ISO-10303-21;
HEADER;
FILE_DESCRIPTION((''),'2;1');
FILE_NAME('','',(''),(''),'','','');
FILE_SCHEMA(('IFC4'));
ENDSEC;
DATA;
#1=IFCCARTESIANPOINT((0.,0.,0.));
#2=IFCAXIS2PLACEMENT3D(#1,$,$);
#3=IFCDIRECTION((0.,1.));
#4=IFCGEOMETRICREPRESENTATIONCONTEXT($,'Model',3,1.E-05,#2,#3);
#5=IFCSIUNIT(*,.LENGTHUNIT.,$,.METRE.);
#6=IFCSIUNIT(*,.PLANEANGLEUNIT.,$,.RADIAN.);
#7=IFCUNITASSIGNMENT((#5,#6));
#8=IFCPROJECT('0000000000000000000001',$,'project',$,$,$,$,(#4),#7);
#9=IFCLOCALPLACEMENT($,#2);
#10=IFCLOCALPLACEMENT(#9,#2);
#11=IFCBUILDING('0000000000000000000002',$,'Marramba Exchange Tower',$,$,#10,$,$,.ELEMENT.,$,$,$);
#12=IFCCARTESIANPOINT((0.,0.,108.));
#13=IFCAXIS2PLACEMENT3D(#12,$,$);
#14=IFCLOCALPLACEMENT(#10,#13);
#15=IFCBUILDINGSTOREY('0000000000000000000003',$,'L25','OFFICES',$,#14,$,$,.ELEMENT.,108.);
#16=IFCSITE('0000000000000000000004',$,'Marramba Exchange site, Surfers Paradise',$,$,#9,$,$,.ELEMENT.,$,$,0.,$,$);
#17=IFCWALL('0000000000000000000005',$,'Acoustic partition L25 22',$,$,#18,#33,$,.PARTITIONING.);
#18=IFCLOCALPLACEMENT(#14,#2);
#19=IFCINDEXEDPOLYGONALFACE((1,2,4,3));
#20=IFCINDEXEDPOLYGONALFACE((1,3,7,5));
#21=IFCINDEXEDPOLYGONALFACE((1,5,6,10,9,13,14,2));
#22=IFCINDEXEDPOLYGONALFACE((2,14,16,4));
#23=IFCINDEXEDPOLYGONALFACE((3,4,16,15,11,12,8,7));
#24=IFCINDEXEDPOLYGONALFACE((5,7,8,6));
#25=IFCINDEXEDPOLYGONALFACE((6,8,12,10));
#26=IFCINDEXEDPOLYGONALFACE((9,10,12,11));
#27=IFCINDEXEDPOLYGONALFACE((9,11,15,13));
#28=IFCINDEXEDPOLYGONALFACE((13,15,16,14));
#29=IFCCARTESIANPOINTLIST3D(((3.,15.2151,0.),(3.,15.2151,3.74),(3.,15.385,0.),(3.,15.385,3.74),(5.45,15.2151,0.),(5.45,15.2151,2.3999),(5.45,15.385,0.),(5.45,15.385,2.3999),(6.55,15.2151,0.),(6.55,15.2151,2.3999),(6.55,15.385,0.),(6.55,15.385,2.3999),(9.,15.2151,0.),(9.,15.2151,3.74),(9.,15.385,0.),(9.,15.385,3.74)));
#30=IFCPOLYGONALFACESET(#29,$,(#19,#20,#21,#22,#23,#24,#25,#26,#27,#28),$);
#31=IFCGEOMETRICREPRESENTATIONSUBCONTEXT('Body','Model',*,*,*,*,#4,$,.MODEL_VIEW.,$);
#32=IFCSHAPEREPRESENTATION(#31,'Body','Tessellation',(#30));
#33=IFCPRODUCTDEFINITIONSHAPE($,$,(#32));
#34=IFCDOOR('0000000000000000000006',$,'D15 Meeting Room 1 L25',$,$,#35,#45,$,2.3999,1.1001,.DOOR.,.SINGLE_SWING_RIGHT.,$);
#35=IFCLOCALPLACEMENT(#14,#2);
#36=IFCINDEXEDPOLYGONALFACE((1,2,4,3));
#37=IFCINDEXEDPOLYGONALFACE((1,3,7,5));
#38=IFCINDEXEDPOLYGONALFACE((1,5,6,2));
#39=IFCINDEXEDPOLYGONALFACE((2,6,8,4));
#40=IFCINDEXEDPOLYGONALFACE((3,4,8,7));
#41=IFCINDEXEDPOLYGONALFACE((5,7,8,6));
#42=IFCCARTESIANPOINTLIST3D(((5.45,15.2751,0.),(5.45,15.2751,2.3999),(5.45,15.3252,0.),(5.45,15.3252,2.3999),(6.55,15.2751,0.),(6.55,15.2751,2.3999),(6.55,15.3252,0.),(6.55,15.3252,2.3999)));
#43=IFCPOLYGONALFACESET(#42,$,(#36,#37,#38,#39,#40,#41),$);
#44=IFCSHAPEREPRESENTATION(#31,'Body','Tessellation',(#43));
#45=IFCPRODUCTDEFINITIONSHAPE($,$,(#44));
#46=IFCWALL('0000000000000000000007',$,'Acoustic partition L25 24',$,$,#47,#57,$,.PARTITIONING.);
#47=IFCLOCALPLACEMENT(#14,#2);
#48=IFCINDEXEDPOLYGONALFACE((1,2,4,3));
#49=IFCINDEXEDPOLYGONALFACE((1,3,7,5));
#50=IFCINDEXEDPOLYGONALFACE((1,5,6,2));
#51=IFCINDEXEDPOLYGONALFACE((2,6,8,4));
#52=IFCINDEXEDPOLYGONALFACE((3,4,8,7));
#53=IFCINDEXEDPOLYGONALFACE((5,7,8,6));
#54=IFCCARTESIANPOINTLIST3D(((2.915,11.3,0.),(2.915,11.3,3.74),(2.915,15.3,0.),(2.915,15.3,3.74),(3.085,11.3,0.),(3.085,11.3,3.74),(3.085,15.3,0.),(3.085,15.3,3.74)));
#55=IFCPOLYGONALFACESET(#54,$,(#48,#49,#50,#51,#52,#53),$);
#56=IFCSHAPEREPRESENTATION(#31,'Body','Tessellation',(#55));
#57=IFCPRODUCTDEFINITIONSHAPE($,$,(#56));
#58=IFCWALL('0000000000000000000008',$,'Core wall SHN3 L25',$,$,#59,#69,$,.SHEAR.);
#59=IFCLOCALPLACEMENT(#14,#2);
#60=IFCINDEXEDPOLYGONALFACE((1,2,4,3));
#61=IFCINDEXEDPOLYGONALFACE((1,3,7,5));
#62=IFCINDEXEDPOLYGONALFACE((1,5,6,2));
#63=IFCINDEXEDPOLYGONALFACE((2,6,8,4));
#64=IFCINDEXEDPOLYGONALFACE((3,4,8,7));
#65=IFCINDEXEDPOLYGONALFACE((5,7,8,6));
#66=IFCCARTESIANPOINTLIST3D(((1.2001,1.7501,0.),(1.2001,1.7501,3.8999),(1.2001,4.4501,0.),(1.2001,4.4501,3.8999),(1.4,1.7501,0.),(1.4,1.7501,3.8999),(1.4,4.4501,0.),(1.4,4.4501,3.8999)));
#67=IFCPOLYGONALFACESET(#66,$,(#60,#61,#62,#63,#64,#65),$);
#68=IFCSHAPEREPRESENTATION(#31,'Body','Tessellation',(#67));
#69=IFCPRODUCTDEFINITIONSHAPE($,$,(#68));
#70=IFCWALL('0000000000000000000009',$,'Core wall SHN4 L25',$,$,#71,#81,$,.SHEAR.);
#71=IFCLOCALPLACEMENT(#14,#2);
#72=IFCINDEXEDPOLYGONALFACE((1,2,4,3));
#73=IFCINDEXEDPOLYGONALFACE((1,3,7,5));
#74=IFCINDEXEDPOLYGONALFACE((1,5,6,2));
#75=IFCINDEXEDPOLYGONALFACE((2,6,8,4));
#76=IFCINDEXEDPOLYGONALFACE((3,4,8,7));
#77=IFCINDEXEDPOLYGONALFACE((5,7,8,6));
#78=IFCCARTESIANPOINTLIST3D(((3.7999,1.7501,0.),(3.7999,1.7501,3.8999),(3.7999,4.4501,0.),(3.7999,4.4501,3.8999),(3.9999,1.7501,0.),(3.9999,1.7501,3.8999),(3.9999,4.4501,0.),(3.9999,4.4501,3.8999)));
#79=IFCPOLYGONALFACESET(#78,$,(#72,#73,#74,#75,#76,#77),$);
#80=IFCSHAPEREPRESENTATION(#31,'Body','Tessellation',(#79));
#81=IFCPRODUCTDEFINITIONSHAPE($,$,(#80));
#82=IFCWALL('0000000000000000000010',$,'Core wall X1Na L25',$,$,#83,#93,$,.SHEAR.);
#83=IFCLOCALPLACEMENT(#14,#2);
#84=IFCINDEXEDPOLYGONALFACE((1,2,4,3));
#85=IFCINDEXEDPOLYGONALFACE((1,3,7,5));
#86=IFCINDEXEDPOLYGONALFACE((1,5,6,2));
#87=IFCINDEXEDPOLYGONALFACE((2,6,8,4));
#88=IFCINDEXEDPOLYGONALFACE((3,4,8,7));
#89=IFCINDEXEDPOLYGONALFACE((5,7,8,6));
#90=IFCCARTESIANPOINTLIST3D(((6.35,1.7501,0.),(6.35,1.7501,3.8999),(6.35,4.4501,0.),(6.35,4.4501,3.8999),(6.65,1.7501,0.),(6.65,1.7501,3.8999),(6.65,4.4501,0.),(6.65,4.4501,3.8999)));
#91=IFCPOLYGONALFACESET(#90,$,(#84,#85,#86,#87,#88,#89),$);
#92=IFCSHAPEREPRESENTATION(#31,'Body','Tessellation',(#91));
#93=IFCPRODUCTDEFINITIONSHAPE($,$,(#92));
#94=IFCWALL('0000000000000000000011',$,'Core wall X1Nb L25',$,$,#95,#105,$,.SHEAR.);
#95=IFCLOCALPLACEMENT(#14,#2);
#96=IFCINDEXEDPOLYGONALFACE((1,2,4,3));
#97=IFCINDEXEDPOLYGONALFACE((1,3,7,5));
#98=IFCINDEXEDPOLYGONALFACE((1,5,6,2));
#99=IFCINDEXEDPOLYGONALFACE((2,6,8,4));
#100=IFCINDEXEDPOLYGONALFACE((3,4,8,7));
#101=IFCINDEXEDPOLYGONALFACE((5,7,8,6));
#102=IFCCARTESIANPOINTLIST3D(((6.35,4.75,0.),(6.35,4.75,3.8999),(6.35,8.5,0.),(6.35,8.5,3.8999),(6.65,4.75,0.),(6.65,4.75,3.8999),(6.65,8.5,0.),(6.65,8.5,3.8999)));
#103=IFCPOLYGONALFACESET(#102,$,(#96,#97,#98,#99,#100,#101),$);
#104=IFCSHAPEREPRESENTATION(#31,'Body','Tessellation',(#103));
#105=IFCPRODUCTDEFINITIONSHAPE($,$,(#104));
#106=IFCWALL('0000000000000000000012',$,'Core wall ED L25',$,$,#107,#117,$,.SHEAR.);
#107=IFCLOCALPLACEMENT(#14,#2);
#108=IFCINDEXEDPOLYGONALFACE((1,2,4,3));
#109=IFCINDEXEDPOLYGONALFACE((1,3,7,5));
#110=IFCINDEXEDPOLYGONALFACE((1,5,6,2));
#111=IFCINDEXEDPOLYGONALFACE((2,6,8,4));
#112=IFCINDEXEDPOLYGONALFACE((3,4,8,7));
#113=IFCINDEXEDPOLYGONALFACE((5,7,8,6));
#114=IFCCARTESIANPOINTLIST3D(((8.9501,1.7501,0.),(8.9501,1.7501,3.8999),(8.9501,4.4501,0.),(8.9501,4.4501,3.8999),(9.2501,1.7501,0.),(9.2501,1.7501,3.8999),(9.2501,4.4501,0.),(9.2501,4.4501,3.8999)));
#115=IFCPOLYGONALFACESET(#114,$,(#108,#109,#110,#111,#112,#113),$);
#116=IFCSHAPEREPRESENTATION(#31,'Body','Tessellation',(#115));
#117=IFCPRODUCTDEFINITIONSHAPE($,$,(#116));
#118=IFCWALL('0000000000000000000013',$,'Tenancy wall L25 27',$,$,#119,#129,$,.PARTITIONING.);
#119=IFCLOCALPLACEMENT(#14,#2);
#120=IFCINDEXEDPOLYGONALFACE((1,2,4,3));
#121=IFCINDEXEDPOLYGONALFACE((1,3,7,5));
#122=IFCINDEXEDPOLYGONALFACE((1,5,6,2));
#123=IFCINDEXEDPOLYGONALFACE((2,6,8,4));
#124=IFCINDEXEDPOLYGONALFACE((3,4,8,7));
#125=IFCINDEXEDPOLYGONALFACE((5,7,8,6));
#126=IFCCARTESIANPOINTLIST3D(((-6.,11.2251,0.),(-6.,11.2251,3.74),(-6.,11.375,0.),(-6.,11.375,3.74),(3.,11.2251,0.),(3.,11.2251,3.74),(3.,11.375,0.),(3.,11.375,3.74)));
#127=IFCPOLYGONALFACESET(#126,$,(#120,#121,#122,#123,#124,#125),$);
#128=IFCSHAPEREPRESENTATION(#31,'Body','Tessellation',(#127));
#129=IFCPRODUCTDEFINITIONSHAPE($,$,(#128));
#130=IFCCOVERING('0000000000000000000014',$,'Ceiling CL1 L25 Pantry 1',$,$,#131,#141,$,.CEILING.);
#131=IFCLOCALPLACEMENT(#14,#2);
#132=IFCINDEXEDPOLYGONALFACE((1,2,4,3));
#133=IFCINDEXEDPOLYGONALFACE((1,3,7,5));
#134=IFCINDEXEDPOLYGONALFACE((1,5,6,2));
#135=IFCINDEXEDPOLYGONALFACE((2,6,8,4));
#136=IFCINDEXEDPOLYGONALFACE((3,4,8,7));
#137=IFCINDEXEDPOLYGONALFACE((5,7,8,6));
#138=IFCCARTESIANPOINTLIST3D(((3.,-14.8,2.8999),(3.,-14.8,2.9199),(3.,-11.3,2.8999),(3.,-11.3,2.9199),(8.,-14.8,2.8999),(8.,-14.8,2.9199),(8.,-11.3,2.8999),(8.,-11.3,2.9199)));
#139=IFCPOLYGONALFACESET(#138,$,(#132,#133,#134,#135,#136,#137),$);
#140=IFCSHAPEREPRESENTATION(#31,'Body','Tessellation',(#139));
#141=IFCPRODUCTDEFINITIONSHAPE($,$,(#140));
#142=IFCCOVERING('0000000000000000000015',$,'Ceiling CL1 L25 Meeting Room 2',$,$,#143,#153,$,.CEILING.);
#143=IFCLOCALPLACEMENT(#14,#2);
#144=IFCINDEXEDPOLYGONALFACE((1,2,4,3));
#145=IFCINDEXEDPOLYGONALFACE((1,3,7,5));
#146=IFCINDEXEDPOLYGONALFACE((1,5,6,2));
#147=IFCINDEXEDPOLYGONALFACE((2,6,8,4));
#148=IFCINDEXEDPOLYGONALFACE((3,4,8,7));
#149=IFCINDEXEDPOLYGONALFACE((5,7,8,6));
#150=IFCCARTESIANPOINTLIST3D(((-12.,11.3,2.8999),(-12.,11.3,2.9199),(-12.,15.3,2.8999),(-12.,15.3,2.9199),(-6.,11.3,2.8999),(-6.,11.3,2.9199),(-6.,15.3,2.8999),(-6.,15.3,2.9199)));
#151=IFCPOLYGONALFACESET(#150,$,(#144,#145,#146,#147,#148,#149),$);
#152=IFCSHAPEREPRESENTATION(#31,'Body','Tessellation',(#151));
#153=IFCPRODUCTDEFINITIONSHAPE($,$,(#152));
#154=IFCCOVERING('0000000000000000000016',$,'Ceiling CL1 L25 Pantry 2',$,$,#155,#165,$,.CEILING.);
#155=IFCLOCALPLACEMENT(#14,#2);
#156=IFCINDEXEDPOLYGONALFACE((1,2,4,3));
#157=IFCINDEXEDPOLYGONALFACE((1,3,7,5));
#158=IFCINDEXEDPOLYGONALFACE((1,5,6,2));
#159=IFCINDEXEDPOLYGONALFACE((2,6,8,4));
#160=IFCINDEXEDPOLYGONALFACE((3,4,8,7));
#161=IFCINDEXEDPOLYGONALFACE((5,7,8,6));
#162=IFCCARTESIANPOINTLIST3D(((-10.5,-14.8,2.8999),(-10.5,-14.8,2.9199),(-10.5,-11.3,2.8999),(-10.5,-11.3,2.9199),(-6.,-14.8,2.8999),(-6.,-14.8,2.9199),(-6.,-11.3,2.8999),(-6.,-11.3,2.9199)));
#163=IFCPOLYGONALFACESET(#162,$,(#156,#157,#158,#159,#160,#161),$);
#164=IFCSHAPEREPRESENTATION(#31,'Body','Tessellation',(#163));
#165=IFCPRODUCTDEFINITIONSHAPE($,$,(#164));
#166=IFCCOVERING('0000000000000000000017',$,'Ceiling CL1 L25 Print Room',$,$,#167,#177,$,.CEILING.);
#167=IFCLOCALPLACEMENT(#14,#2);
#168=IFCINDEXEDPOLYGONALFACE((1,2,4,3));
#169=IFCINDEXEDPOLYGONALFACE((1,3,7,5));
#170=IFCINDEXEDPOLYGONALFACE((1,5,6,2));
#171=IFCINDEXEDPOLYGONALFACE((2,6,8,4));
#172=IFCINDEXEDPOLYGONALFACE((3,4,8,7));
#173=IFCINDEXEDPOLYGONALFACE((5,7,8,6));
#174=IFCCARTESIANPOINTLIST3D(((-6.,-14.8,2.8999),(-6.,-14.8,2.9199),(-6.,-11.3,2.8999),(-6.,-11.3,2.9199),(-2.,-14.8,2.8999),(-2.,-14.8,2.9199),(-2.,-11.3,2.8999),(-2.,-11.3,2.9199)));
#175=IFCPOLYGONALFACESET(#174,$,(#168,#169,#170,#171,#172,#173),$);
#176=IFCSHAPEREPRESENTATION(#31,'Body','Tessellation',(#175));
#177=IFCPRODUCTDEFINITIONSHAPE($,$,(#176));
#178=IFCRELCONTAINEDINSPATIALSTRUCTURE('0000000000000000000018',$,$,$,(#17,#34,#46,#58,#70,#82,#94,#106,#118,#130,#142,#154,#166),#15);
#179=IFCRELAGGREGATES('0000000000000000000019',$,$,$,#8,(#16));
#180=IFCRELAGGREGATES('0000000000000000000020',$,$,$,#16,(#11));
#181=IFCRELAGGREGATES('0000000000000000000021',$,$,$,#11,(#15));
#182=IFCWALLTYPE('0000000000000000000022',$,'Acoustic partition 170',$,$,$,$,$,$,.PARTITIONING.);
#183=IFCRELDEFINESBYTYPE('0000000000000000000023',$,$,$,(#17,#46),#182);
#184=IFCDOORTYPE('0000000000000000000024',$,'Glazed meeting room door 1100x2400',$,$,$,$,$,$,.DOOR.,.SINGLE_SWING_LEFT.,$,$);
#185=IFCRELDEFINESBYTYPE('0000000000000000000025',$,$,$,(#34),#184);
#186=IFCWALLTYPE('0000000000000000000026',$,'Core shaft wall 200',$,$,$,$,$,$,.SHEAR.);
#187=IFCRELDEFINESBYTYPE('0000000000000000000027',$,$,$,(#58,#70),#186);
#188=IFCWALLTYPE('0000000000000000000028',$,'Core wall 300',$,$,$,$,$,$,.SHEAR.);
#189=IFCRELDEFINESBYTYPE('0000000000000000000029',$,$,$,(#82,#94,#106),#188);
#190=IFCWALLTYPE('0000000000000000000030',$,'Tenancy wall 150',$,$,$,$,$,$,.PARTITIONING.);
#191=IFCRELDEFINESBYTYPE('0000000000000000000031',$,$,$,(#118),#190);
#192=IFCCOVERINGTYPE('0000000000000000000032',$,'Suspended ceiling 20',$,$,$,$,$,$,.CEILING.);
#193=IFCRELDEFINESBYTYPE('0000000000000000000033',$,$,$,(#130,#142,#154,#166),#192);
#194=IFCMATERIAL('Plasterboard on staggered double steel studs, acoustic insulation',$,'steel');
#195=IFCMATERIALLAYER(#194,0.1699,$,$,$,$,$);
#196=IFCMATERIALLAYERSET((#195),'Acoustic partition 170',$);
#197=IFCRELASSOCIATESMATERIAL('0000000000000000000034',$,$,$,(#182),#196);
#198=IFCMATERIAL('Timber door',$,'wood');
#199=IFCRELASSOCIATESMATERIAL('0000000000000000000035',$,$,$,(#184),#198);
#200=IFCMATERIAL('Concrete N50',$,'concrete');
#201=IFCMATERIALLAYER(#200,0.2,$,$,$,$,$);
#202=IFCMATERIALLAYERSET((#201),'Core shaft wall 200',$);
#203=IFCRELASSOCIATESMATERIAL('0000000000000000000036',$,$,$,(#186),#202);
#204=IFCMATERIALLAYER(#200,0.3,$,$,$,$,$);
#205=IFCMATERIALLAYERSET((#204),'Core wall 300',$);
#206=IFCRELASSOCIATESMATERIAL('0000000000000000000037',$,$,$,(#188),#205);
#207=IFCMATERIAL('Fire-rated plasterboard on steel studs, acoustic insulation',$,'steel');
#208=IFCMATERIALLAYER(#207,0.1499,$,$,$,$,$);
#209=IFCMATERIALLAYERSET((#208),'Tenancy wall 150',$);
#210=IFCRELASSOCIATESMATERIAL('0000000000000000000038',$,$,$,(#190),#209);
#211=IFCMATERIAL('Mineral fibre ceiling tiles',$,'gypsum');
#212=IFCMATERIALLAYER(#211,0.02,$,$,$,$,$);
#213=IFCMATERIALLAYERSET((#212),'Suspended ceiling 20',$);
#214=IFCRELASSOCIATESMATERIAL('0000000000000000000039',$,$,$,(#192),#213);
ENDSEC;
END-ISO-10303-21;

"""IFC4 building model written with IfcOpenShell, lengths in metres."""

from ifc_helpers import new_model, si_unit, direction, frame, frame_2d, origin, place, context, subcontext, project, spatial, polyline, rectangle, outline, extrude, material, layer, layer_set, type_object, element, fill, save


model = new_model("IFC4")

# Units and contexts
model_context = context("Model", 3, precision=1e-05, world=origin(), true_north=direction((0.0, 1.0)))
body_context = subcontext(model_context, "Body", "Model", "MODEL_VIEW")
ifc_project = project(units=[si_unit("LENGTHUNIT", "METRE"), si_unit("PLANEANGLEUNIT", "RADIAN")], contexts=[model_context])

# Site, building, storey
site_placement = place(None, origin())
site = spatial("IfcSite", under=ifc_project, at=site_placement, Name="Marramba Exchange site, Surfers Paradise", CompositionType="ELEMENT", RefElevation=0.0)
building_placement = place(site_placement, origin())
building = spatial("IfcBuilding", under=site, at=building_placement, Name="Marramba Exchange Tower", CompositionType="ELEMENT")
storey_placement = place(building_placement, frame((0.0, 0.0, 108.0)))
storey = spatial("IfcBuildingStorey", under=building, at=storey_placement, Name="L25", Description="OFFICES", CompositionType="ELEMENT", Elevation=108.0)

# Shared definitions
ifc_material_1 = material(Name="Plasterboard on staggered double steel studs, acoustic insulation", Category="steel")
ifc_layer_1 = layer(ifc_material_1, 0.1699)
ifc_layer_set_1 = layer_set([ifc_layer_1], Name="Acoustic partition 170")
wall_type_1 = type_object("IfcWallType", Name="Acoustic partition 170", PredefinedType="PARTITIONING", material=ifc_layer_set_1)

# Wall, opening, door
wall_1_placement = place(storey_placement, frame((9.0, 15.3, 0.0), z_axis=(0.0, 0.0, 1.0), x_axis=(-1.0, 0.0, 0.0)))
wall_1 = element("IfcWall", 1, at=wall_1_placement, inside=storey, type_object=wall_type_1, Name="Acoustic partition L25 22", PredefinedType="PARTITIONING", context=body_context, shape_type="SweptSolid", body=[
    extrude(rectangle(XDim=6.0, YDim=0.1699, at=frame_2d((3.0, 0.0))), origin(), (0.0, 0.0, 1.0), 3.74),
])
opening_1_placement = place(wall_1_placement, frame((2.45, 0.0, 0.0)))
opening_1 = element("IfcOpeningElement", 2, at=opening_1_placement, cuts=wall_1, PredefinedType="OPENING", context=body_context, shape_type="SweptSolid", body=[
    extrude(rectangle(XDim=1.1001, YDim=2.3999, at=frame_2d((0.55, 1.2))), frame((0.0, 0.095, 0.0), z_axis=(0.0, -1.0, 0.0), x_axis=(1.0, 0.0, 0.0)), (0.0, 0.0, 1.0), 0.1899),
])
ifc_material_2 = material(Name="Timber door", Category="wood")
door_type_1 = type_object("IfcDoorType", Name="Glazed meeting room door 1100x2400", OperationType="SINGLE_SWING_LEFT", PredefinedType="DOOR", material=ifc_material_2)
door_1_placement = place(opening_1_placement, origin())
door_1 = element("IfcDoor", 3, at=door_1_placement, inside=storey, type_object=door_type_1, Name="D15 Meeting Room 1 L25", OperationType="SINGLE_SWING_RIGHT", OverallHeight=2.3999, OverallWidth=1.1001, PredefinedType="DOOR", context=body_context, shape_type="SweptSolid", body=[
    extrude(rectangle(XDim=1.1001, YDim=2.3999, at=frame_2d((0.55, 1.2))), frame((0.0, 0.0249, 0.0), z_axis=(0.0, -1.0, 0.0), x_axis=(1.0, 0.0, 0.0)), (0.0, 0.0, 1.0), 0.05),
])
fill(opening_1, door_1)

# Walls
wall_2_placement = place(storey_placement, frame((3.0, 15.3, 0.0), z_axis=(0.0, 0.0, 1.0), x_axis=(0.0, -1.0, 0.0)))
element("IfcWall", 4, at=wall_2_placement, inside=storey, type_object=wall_type_1, Name="Acoustic partition L25 24", PredefinedType="PARTITIONING", context=body_context, shape_type="SweptSolid", body=[
    extrude(rectangle(XDim=4.0, YDim=0.1699, at=frame_2d((2.0, 0.0))), origin(), (0.0, 0.0, 1.0), 3.74),
])
ifc_material_3 = material(Name="Concrete N50", Category="concrete")
ifc_layer_2 = layer(ifc_material_3, 0.2)
ifc_layer_set_2 = layer_set([ifc_layer_2], Name="Core shaft wall 200")
wall_type_2 = type_object("IfcWallType", Name="Core shaft wall 200", PredefinedType="SHEAR", material=ifc_layer_set_2)
for number, where, z_axis, x_axis, name in (
    (5, (1.3, 1.75, 0.0), (0.0, 0.0, 1.0), (0.0, 1.0, 0.0), "Core wall SHN3 L25"),
    (6, (3.8999, 1.75, 0.0), (0.0, 0.0, 1.0), (0.0, 1.0, 0.0), "Core wall SHN4 L25"),
):
    element("IfcWall", number, at=place(storey_placement, frame(where, z_axis=z_axis, x_axis=x_axis)), inside=storey, type_object=wall_type_2, Name=name, PredefinedType="SHEAR", context=body_context, shape_type="SweptSolid", body=[
        extrude(rectangle(XDim=2.7, YDim=0.2, at=frame_2d((1.3501, 0.0))), origin(), (0.0, 0.0, 1.0), 3.8999),
    ])

# Walls
ifc_layer_3 = layer(ifc_material_3, 0.3)
ifc_layer_set_3 = layer_set([ifc_layer_3], Name="Core wall 300")
wall_type_3 = type_object("IfcWallType", Name="Core wall 300", PredefinedType="SHEAR", material=ifc_layer_set_3)
wall_3_placement = place(storey_placement, frame((6.5, 1.75, 0.0), z_axis=(0.0, 0.0, 1.0), x_axis=(0.0, 1.0, 0.0)))
element("IfcWall", 7, at=wall_3_placement, inside=storey, type_object=wall_type_3, Name="Core wall X1Na L25", PredefinedType="SHEAR", context=body_context, shape_type="SweptSolid", body=[
    extrude(rectangle(XDim=2.7, YDim=0.3, at=frame_2d((1.3501, 0.0))), origin(), (0.0, 0.0, 1.0), 3.8999),
])
wall_4_placement = place(storey_placement, frame((6.5, 4.75, 0.0), z_axis=(0.0, 0.0, 1.0), x_axis=(0.0, 1.0, 0.0)))
element("IfcWall", 8, at=wall_4_placement, inside=storey, type_object=wall_type_3, Name="Core wall X1Nb L25", PredefinedType="SHEAR", context=body_context, shape_type="SweptSolid", body=[
    extrude(rectangle(XDim=3.75, YDim=0.3, at=frame_2d((1.875, 0.0))), origin(), (0.0, 0.0, 1.0), 3.8999),
])
wall_5_placement = place(storey_placement, frame((9.1001, 1.75, 0.0), z_axis=(0.0, 0.0, 1.0), x_axis=(0.0, 1.0, 0.0)))
element("IfcWall", 9, at=wall_5_placement, inside=storey, type_object=wall_type_3, Name="Core wall ED L25", PredefinedType="SHEAR", context=body_context, shape_type="SweptSolid", body=[
    extrude(rectangle(XDim=2.7, YDim=0.3, at=frame_2d((1.3501, 0.0))), origin(), (0.0, 0.0, 1.0), 3.8999),
])
ifc_material_4 = material(Name="Fire-rated plasterboard on steel studs, acoustic insulation", Category="steel")
ifc_layer_4 = layer(ifc_material_4, 0.1499)
ifc_layer_set_4 = layer_set([ifc_layer_4], Name="Tenancy wall 150")
wall_type_4 = type_object("IfcWallType", Name="Tenancy wall 150", PredefinedType="PARTITIONING", material=ifc_layer_set_4)
wall_6_placement = place(storey_placement, frame((3.0, 11.3, 0.0), z_axis=(0.0, 0.0, 1.0), x_axis=(-1.0, 0.0, 0.0)))
element("IfcWall", 10, at=wall_6_placement, inside=storey, type_object=wall_type_4, Name="Tenancy wall L25 27", PredefinedType="PARTITIONING", context=body_context, shape_type="SweptSolid", body=[
    extrude(rectangle(XDim=9.0, YDim=0.1499, at=frame_2d((4.5, 0.0))), origin(), (0.0, 0.0, 1.0), 3.74),
])

# Coverings
ifc_material_5 = material(Name="Mineral fibre ceiling tiles", Category="gypsum")
ifc_layer_5 = layer(ifc_material_5, 0.02)
ifc_layer_set_5 = layer_set([ifc_layer_5], Name="Suspended ceiling 20")
covering_type = type_object("IfcCoveringType", Name="Suspended ceiling 20", PredefinedType="CEILING", material=ifc_layer_set_5)
covering_1_placement = place(storey_placement, frame((0.0, 0.0, 2.8999)))
element("IfcCovering", 11, at=covering_1_placement, inside=storey, type_object=covering_type, Name="Ceiling CL1 L25 Pantry 1", PredefinedType="CEILING", context=body_context, shape_type="SweptSolid", body=[
    extrude(outline(polyline([(8.0, -14.8), (3.0, -14.8), (3.0, -11.3), (8.0, -11.3), (8.0, -14.8)])), origin(), (0.0, 0.0, 1.0), 0.02),
])
covering_2_placement = place(storey_placement, frame((0.0, 0.0, 2.8999)))
element("IfcCovering", 12, at=covering_2_placement, inside=storey, type_object=covering_type, Name="Ceiling CL1 L25 Meeting Room 2", PredefinedType="CEILING", context=body_context, shape_type="SweptSolid", body=[
    extrude(outline(polyline([(-6.0, 11.3), (-12.0, 11.3), (-12.0, 15.3), (-6.0, 15.3), (-6.0, 11.3)])), origin(), (0.0, 0.0, 1.0), 0.02),
])
covering_3_placement = place(storey_placement, frame((0.0, 0.0, 2.8999)))
element("IfcCovering", 13, at=covering_3_placement, inside=storey, type_object=covering_type, Name="Ceiling CL1 L25 Pantry 2", PredefinedType="CEILING", context=body_context, shape_type="SweptSolid", body=[
    extrude(outline(polyline([(-6.0, -14.8), (-10.5, -14.8), (-10.5, -11.3), (-6.0, -11.3), (-6.0, -14.8)])), origin(), (0.0, 0.0, 1.0), 0.02),
])
covering_4_placement = place(storey_placement, frame((0.0, 0.0, 2.8999)))
element("IfcCovering", 14, at=covering_4_placement, inside=storey, type_object=covering_type, Name="Ceiling CL1 L25 Print Room", PredefinedType="CEILING", context=body_context, shape_type="SweptSolid", body=[
    extrude(outline(polyline([(-2.0, -14.8), (-6.0, -14.8), (-6.0, -11.3), (-2.0, -11.3), (-2.0, -14.8)])), origin(), (0.0, 0.0, 1.0), 0.02),
])

save(model, "model.ifc")
